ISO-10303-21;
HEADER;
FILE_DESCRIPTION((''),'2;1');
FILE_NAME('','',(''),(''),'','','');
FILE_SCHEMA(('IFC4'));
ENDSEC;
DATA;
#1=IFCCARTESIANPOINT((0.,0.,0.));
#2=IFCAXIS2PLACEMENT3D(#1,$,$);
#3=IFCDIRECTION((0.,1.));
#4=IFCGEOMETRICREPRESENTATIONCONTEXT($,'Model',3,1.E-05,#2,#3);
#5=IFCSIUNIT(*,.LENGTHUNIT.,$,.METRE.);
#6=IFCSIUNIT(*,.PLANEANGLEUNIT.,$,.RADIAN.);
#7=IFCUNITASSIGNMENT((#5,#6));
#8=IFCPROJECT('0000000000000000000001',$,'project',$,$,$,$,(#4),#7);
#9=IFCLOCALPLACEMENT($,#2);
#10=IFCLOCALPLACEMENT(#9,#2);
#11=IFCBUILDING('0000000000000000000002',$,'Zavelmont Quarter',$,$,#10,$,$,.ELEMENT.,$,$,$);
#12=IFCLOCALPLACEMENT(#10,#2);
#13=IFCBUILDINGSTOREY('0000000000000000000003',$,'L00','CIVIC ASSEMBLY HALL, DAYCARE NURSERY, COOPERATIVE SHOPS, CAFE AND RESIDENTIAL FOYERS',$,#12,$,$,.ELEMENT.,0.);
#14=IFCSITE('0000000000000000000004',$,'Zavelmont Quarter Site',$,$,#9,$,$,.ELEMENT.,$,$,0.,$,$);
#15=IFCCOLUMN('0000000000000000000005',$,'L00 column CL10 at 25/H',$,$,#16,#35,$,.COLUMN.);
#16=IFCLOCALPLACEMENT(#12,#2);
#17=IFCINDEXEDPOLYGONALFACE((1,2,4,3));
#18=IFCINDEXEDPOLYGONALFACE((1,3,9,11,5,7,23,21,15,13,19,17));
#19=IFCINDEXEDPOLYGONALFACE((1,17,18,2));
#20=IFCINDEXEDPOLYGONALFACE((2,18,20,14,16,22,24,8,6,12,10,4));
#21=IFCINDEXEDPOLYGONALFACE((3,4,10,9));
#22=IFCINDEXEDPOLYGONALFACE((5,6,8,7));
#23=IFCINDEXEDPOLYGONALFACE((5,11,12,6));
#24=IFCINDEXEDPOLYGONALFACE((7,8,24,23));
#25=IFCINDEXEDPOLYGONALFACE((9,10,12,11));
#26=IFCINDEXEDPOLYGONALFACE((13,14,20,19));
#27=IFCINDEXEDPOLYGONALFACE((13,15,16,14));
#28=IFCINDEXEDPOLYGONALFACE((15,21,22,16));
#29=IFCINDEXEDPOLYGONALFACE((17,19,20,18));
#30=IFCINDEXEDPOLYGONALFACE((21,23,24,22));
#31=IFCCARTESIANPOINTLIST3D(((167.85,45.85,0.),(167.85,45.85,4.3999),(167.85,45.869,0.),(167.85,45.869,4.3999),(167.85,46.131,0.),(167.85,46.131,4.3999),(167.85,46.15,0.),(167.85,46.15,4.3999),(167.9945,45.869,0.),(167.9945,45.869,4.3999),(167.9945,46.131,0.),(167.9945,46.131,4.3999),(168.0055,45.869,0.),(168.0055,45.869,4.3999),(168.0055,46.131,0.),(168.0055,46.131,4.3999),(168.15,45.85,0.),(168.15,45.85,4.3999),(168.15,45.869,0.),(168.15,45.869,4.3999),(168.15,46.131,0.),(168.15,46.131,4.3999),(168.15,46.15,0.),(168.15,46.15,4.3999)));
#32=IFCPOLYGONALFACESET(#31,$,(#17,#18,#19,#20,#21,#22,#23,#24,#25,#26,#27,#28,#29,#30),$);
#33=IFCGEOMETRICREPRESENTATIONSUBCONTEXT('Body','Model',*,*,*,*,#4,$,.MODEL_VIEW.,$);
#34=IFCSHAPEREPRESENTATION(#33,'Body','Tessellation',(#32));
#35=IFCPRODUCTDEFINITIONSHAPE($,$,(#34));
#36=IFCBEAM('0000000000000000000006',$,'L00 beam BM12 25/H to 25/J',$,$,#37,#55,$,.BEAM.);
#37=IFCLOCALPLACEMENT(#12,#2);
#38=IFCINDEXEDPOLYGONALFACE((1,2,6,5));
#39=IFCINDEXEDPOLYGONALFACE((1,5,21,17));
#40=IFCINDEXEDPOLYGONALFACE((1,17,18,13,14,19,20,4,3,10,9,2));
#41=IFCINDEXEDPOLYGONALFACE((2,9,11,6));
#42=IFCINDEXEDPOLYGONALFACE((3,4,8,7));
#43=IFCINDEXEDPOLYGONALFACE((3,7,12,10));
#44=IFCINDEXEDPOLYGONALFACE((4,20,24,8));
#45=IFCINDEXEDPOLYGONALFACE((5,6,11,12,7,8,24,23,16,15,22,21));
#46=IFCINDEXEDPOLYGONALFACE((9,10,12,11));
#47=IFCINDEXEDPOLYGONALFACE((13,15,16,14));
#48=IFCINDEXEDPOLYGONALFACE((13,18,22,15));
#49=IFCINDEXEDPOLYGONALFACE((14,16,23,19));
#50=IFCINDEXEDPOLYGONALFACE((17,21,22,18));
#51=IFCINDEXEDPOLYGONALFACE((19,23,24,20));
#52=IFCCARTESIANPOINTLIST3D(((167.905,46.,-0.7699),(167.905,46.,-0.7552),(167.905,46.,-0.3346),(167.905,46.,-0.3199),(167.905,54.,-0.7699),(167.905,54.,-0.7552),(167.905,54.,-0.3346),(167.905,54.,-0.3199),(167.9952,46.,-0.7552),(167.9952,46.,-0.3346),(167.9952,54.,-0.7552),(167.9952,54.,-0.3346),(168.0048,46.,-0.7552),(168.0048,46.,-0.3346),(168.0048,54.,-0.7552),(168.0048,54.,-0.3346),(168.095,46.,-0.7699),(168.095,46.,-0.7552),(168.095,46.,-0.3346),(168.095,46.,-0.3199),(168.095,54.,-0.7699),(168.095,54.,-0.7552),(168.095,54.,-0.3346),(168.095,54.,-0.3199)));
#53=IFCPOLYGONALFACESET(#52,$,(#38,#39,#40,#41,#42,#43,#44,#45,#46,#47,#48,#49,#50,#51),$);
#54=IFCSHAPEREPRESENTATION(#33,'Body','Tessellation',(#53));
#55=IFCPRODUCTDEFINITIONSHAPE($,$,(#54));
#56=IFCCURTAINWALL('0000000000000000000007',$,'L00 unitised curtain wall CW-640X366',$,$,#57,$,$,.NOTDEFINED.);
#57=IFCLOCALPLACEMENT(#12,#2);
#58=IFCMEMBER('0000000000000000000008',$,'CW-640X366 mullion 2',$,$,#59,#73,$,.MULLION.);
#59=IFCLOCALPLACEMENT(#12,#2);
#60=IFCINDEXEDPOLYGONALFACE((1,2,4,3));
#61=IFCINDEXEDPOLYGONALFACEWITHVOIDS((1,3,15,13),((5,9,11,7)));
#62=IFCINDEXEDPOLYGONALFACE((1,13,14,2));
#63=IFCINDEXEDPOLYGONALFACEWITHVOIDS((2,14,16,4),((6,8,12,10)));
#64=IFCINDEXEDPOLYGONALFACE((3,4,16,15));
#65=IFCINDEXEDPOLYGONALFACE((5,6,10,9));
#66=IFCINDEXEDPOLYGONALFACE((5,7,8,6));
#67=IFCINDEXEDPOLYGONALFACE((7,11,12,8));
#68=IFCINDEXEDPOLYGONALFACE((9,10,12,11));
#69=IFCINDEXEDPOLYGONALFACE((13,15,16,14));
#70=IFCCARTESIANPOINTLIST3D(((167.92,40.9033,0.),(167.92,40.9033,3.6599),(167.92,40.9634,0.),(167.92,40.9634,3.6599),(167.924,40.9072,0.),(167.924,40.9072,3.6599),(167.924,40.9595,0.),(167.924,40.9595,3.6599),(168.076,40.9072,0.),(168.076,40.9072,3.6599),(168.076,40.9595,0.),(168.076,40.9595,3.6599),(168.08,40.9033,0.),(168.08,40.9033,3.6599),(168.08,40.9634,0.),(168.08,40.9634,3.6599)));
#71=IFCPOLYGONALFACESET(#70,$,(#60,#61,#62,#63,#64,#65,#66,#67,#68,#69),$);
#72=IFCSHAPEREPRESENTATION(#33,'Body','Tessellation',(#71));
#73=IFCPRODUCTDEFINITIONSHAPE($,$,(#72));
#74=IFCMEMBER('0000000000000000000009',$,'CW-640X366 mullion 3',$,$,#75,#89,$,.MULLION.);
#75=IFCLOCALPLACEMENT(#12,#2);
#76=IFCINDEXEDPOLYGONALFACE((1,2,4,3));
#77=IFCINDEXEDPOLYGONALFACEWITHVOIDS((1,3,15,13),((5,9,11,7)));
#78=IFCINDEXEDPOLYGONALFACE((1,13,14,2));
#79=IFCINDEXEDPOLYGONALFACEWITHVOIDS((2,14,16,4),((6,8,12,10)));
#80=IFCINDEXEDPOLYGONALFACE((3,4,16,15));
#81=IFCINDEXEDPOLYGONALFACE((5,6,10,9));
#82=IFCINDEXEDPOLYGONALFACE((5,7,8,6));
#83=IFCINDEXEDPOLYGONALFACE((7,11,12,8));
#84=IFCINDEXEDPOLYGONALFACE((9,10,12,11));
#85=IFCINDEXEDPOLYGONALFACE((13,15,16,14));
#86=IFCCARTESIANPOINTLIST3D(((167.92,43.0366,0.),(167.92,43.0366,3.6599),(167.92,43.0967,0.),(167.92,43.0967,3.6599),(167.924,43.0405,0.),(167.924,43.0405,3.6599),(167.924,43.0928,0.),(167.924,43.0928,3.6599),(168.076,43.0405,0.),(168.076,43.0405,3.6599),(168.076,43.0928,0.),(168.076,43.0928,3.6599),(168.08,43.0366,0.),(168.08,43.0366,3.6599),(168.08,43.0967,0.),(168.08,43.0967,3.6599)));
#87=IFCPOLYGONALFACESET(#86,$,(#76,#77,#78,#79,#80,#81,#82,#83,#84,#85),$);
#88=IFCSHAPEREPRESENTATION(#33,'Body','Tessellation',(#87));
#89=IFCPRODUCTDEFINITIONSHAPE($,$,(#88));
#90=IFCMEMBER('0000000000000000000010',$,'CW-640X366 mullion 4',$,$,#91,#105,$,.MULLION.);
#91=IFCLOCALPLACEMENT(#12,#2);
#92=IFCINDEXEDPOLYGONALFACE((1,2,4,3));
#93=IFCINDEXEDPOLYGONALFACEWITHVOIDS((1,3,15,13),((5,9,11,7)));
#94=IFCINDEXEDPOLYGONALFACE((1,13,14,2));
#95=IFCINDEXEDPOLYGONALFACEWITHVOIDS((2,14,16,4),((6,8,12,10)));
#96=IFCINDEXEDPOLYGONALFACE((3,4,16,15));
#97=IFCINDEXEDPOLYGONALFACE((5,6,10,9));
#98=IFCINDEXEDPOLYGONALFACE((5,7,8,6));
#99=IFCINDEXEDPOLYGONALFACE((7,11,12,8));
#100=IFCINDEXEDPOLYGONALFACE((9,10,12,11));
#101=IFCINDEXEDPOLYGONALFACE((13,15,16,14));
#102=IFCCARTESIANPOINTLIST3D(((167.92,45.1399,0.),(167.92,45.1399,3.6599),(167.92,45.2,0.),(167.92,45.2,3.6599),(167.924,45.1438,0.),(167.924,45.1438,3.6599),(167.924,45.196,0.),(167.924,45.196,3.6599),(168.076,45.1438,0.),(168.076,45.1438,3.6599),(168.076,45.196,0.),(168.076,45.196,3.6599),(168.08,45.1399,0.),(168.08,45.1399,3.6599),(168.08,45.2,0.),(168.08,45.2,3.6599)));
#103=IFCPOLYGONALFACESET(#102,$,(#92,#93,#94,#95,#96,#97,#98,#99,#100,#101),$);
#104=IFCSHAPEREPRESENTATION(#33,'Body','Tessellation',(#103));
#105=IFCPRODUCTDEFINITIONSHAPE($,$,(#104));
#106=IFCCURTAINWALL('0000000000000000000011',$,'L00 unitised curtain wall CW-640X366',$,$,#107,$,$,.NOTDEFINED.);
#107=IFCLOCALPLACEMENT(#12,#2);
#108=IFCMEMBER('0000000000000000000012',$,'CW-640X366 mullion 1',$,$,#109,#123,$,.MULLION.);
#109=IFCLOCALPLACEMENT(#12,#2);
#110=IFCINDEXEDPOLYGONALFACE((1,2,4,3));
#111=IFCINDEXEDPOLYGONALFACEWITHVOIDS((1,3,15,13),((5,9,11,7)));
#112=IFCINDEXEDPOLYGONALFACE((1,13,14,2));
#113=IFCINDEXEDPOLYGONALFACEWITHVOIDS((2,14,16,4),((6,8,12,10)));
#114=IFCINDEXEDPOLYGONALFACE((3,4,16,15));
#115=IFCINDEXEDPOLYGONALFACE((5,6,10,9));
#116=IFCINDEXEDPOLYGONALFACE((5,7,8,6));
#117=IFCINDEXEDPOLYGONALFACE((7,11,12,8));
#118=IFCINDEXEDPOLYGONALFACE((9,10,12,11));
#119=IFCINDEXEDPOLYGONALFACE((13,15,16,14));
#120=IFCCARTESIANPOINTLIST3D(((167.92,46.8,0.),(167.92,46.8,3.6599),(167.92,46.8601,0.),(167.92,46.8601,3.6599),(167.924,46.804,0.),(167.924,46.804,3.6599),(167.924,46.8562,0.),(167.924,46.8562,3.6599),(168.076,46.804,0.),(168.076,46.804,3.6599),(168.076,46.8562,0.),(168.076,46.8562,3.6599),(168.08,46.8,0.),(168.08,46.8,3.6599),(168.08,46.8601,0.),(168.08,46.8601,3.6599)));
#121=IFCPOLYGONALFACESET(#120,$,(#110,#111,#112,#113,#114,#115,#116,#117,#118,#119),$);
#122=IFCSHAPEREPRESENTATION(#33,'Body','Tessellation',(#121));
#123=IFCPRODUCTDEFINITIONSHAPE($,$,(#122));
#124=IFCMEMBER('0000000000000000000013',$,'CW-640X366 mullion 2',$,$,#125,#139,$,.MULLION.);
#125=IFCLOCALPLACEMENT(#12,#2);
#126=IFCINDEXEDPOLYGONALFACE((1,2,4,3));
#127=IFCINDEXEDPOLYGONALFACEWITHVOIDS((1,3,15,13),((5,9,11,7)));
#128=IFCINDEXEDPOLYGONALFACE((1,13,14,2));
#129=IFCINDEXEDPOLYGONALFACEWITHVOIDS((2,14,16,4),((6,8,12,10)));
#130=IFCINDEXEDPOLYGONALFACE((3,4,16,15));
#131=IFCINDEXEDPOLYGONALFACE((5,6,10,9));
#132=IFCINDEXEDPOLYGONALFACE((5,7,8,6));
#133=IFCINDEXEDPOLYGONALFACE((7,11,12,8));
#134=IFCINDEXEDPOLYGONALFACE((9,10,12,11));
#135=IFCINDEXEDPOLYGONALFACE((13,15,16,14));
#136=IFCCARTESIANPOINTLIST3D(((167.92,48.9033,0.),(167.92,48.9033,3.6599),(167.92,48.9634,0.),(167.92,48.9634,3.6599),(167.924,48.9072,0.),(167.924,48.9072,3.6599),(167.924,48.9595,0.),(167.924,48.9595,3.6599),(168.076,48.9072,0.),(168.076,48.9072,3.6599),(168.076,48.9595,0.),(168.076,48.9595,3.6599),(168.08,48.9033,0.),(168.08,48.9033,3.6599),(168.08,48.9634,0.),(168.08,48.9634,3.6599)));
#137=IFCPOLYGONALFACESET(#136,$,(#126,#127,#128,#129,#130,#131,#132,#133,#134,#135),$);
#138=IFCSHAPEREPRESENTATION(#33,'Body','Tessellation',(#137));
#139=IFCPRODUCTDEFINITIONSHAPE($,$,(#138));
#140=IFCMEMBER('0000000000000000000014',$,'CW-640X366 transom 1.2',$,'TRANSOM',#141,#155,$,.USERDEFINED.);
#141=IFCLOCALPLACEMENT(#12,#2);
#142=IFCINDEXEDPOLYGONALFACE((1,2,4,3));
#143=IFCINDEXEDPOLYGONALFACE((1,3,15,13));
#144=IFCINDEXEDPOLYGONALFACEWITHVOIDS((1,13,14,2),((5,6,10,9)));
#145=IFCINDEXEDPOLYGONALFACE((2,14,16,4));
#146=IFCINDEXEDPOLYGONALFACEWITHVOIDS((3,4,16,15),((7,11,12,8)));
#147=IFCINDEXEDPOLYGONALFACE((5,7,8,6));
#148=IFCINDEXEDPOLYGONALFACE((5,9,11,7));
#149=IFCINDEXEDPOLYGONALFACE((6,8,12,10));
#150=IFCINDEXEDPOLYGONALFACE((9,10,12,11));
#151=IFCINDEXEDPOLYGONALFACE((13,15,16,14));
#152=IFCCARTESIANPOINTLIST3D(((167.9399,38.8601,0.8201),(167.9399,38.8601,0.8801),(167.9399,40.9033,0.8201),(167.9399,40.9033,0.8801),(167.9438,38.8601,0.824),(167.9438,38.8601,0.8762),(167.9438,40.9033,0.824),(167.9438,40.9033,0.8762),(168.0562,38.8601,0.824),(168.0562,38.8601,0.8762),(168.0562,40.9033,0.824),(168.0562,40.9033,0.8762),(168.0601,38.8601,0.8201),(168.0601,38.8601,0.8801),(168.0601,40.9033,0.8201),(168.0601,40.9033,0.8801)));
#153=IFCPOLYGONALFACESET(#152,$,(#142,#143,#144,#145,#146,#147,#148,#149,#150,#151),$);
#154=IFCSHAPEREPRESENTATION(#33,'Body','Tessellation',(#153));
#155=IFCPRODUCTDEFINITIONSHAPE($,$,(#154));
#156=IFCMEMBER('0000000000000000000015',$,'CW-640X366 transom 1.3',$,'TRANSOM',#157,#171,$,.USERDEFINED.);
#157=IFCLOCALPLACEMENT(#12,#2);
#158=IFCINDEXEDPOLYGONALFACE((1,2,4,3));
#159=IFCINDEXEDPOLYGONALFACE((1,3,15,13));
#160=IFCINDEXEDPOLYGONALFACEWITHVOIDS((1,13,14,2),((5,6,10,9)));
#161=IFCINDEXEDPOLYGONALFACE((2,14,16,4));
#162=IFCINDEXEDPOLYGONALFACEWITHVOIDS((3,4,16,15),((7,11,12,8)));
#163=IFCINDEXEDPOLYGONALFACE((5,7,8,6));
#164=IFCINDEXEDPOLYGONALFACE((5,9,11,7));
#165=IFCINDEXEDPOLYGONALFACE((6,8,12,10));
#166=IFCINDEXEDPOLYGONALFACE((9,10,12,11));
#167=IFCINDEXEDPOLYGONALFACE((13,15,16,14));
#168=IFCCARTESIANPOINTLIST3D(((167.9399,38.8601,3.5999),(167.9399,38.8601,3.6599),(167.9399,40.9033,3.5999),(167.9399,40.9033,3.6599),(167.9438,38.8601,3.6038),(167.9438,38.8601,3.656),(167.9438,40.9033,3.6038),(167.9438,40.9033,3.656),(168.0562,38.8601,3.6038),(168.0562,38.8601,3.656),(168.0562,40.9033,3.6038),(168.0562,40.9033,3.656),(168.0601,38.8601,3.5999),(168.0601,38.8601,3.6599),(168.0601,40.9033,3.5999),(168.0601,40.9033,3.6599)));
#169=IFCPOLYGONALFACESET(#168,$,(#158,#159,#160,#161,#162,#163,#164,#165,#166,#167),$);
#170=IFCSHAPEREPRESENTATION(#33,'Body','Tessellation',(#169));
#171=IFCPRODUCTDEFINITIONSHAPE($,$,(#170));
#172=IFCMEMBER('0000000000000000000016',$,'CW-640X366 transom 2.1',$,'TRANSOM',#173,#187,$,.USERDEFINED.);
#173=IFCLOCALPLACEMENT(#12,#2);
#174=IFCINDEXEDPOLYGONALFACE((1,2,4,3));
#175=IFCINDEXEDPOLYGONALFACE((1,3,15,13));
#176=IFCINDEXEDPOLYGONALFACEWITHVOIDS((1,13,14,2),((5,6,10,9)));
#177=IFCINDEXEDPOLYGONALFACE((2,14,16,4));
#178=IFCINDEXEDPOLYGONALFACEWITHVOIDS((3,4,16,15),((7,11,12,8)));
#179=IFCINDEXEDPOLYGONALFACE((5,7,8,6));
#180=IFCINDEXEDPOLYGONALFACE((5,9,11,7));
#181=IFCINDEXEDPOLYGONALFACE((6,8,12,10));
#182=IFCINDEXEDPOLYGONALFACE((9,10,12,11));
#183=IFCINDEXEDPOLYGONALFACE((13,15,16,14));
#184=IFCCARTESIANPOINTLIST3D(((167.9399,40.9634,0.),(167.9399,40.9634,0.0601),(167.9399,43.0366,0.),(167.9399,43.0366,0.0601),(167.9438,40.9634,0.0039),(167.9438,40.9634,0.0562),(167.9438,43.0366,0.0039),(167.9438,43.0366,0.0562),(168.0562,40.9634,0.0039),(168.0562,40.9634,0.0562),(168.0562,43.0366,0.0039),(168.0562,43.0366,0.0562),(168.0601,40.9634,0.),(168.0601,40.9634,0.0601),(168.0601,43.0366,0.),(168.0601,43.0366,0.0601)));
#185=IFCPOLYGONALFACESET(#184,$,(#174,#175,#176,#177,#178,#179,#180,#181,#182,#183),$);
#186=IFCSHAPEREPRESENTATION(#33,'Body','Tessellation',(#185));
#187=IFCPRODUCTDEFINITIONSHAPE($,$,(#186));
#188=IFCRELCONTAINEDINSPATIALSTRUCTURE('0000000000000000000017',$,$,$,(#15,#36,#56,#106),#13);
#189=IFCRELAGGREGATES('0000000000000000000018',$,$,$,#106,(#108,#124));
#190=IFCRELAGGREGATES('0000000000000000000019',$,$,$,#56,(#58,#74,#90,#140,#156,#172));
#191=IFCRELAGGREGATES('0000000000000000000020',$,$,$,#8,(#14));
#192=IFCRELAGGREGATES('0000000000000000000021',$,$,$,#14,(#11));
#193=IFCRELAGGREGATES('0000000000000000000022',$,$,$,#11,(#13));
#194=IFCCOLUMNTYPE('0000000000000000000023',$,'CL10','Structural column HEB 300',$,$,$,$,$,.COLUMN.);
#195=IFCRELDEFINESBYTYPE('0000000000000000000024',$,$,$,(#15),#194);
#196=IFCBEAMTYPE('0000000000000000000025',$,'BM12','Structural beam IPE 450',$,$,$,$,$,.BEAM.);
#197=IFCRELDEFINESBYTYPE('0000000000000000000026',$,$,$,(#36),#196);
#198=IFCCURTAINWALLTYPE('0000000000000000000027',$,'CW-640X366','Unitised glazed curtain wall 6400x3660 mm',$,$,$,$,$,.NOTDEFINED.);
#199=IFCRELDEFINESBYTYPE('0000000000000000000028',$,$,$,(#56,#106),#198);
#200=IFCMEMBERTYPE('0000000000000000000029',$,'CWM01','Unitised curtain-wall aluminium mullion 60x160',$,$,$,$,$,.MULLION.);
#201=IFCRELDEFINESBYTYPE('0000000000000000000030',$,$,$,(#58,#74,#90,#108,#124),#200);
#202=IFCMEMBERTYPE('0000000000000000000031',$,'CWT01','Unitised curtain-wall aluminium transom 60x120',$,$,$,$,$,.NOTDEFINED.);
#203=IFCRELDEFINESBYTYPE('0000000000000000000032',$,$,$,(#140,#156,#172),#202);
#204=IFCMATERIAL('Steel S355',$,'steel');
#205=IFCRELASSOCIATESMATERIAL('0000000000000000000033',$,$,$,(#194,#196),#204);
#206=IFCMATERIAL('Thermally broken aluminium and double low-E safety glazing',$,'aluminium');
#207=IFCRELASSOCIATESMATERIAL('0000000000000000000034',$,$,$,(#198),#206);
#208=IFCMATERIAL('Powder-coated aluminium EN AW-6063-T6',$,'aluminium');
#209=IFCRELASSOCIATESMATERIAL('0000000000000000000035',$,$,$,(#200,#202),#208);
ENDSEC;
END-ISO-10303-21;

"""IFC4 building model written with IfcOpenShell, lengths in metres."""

from ifc_helpers import new_model, si_unit, direction, frame, origin, origin_2d, place, context, subcontext, project, spatial, hollow_rectangle, i_section, extrude, material, material_profile, profile_set, type_object, element, aggregate, save


model = new_model("IFC4")

# Units and contexts
model_context = context("Model", 3, precision=1e-05, world=origin(), true_north=direction((0.0, 1.0)))
body_context = subcontext(model_context, "Body", "Model", "MODEL_VIEW")
ifc_project = project(units=[si_unit("LENGTHUNIT", "METRE"), si_unit("PLANEANGLEUNIT", "RADIAN")], contexts=[model_context])

# Site, building, storey
site_placement = place(None, origin())
site = spatial("IfcSite", under=ifc_project, at=site_placement, Name="Zavelmont Quarter Site", CompositionType="ELEMENT", RefElevation=0.0)
building_placement = place(site_placement, origin())
building = spatial("IfcBuilding", under=site, at=building_placement, Name="Zavelmont Quarter", CompositionType="ELEMENT")
storey_placement = place(building_placement, origin())
storey = spatial("IfcBuildingStorey", under=building, at=storey_placement, Name="L00", Description="CIVIC ASSEMBLY HALL, DAYCARE NURSERY, COOPERATIVE SHOPS, CAFE AND RESIDENTIAL FOYERS", CompositionType="ELEMENT", Elevation=0.0)

# Column
ifc_material_1 = material(Name="Steel S355", Category="steel")
ifc_material_profile_1 = material_profile(ifc_material_1, i_section(OverallWidth=0.3, OverallDepth=0.3, WebThickness=0.011, FlangeThickness=0.019, at=origin_2d()), Name="HEB 300")
ifc_profile_set_1 = profile_set([ifc_material_profile_1], Name="Steel S355")
column_type = type_object("IfcColumnType", Name="CL10", Description="Structural column HEB 300", PredefinedType="COLUMN", material=ifc_profile_set_1)
column_placement = place(storey_placement, frame((168.0, 46.0, 0.0), z_axis=(0.0, 0.0, 1.0), x_axis=(1.0, 0.0, 0.0)))
element("IfcColumn", 1, at=column_placement, inside=storey, type_object=column_type, Name="L00 column CL10 at 25/H", PredefinedType="COLUMN", context=body_context, shape_type="SweptSolid", body=[
    extrude(i_section(OverallWidth=0.3, OverallDepth=0.3, WebThickness=0.011, FlangeThickness=0.019, at=origin_2d()), origin(), (0.0, 0.0, 1.0), 4.3999),
])

# Beam
ifc_material_profile_2 = material_profile(ifc_material_1, i_section(OverallWidth=0.1899, OverallDepth=0.45, WebThickness=0.0095, FlangeThickness=0.0146, at=origin_2d()), Name="IPE 450")
ifc_profile_set_2 = profile_set([ifc_material_profile_2], Name="Steel S355")
beam_type = type_object("IfcBeamType", Name="BM12", Description="Structural beam IPE 450", PredefinedType="BEAM", material=ifc_profile_set_2)
beam_placement = place(storey_placement, frame((168.0, 46.0, -0.5449), z_axis=(0.0, 1.0, 0.0), x_axis=(-1.0, 0.0, 0.0)))
element("IfcBeam", 2, at=beam_placement, inside=storey, type_object=beam_type, Name="L00 beam BM12 25/H to 25/J", PredefinedType="BEAM", context=body_context, shape_type="SweptSolid", body=[
    extrude(i_section(OverallWidth=0.1899, OverallDepth=0.45, WebThickness=0.0095, FlangeThickness=0.0146, at=origin_2d()), origin(), (0.0, 0.0, 1.0), 8.0),
])

# Curtain walls, members
ifc_material_2 = material(Name="Thermally broken aluminium and double low-E safety glazing", Category="aluminium")
curtain_wall_type = type_object("IfcCurtainWallType", Name="CW-640X366", Description="Unitised glazed curtain wall 6400x3660 mm", PredefinedType="NOTDEFINED", material=ifc_material_2)
curtain_wall_1_placement = place(storey_placement, origin())
curtain_wall_1 = element("IfcCurtainWall", 3, at=curtain_wall_1_placement, inside=storey, type_object=curtain_wall_type, Name="L00 unitised curtain wall CW-640X366", PredefinedType="NOTDEFINED")
ifc_material_3 = material(Name="Powder-coated aluminium EN AW-6063-T6", Category="aluminium")
ifc_material_profile_3 = material_profile(ifc_material_3, hollow_rectangle(XDim=0.0601, YDim=0.1599, WallThickness=0.0039, at=origin_2d()), Name="CWM60X160")
ifc_profile_set_3 = profile_set([ifc_material_profile_3], Name="Powder-coated aluminium EN AW-6063-T6")
member_type_1 = type_object("IfcMemberType", Name="CWM01", Description="Unitised curtain-wall aluminium mullion 60x160", PredefinedType="MULLION", material=ifc_profile_set_3)
member_1_placement = place(storey_placement, frame((168.0, 40.9333, 0.0), z_axis=(0.0, 0.0, 1.0), x_axis=(0.0, 1.0, 0.0)))
member_1 = element("IfcMember", 4, at=member_1_placement, type_object=member_type_1, Name="CW-640X366 mullion 2", PredefinedType="MULLION", context=body_context, shape_type="SweptSolid", body=[
    extrude(hollow_rectangle(XDim=0.0601, YDim=0.1599, WallThickness=0.0039, at=origin_2d()), origin(), (0.0, 0.0, 1.0), 3.6599),
])
member_2_placement = place(storey_placement, frame((168.0, 43.0667, 0.0), z_axis=(0.0, 0.0, 1.0), x_axis=(0.0, 1.0, 0.0)))
member_2 = element("IfcMember", 5, at=member_2_placement, type_object=member_type_1, Name="CW-640X366 mullion 3", PredefinedType="MULLION", context=body_context, shape_type="SweptSolid", body=[
    extrude(hollow_rectangle(XDim=0.0601, YDim=0.1599, WallThickness=0.0039, at=origin_2d()), origin(), (0.0, 0.0, 1.0), 3.6599),
])
member_3_placement = place(storey_placement, frame((168.0, 45.1699, 0.0), z_axis=(0.0, 0.0, 1.0), x_axis=(0.0, 1.0, 0.0)))
member_3 = element("IfcMember", 6, at=member_3_placement, type_object=member_type_1, Name="CW-640X366 mullion 4", PredefinedType="MULLION", context=body_context, shape_type="SweptSolid", body=[
    extrude(hollow_rectangle(XDim=0.0601, YDim=0.1599, WallThickness=0.0039, at=origin_2d()), origin(), (0.0, 0.0, 1.0), 3.6599),
])
curtain_wall_2_placement = place(storey_placement, origin())
curtain_wall_2 = element("IfcCurtainWall", 7, at=curtain_wall_2_placement, inside=storey, type_object=curtain_wall_type, Name="L00 unitised curtain wall CW-640X366", PredefinedType="NOTDEFINED")
member_4_placement = place(storey_placement, frame((168.0, 46.8301, 0.0), z_axis=(0.0, 0.0, 1.0), x_axis=(0.0, 1.0, 0.0)))
member_4 = element("IfcMember", 8, at=member_4_placement, type_object=member_type_1, Name="CW-640X366 mullion 1", PredefinedType="MULLION", context=body_context, shape_type="SweptSolid", body=[
    extrude(hollow_rectangle(XDim=0.0601, YDim=0.1599, WallThickness=0.0039, at=origin_2d()), origin(), (0.0, 0.0, 1.0), 3.6599),
])
member_5_placement = place(storey_placement, frame((168.0, 48.9333, 0.0), z_axis=(0.0, 0.0, 1.0), x_axis=(0.0, 1.0, 0.0)))
member_5 = element("IfcMember", 9, at=member_5_placement, type_object=member_type_1, Name="CW-640X366 mullion 2", PredefinedType="MULLION", context=body_context, shape_type="SweptSolid", body=[
    extrude(hollow_rectangle(XDim=0.0601, YDim=0.1599, WallThickness=0.0039, at=origin_2d()), origin(), (0.0, 0.0, 1.0), 3.6599),
])

# Members
ifc_material_profile_4 = material_profile(ifc_material_3, hollow_rectangle(XDim=0.1201, YDim=0.0601, WallThickness=0.0039, at=origin_2d()), Name="CWT60X120")
ifc_profile_set_4 = profile_set([ifc_material_profile_4], Name="Powder-coated aluminium EN AW-6063-T6")
member_type_2 = type_object("IfcMemberType", Name="CWT01", Description="Unitised curtain-wall aluminium transom 60x120", PredefinedType="NOTDEFINED", material=ifc_profile_set_4)
member_6_placement = place(storey_placement, frame((168.0, 38.8601, 0.8501), z_axis=(0.0, 1.0, 0.0), x_axis=(-1.0, 0.0, 0.0)))
member_6 = element("IfcMember", 10, at=member_6_placement, type_object=member_type_2, Name="CW-640X366 transom 1.2", ObjectType="TRANSOM", PredefinedType="USERDEFINED", context=body_context, shape_type="SweptSolid", body=[
    extrude(hollow_rectangle(XDim=0.1201, YDim=0.0601, WallThickness=0.0039, at=origin_2d()), origin(), (0.0, 0.0, 1.0), 2.0432),
])
member_7_placement = place(storey_placement, frame((168.0, 38.8601, 3.6299), z_axis=(0.0, 1.0, 0.0), x_axis=(-1.0, 0.0, 0.0)))
member_7 = element("IfcMember", 11, at=member_7_placement, type_object=member_type_2, Name="CW-640X366 transom 1.3", ObjectType="TRANSOM", PredefinedType="USERDEFINED", context=body_context, shape_type="SweptSolid", body=[
    extrude(hollow_rectangle(XDim=0.1201, YDim=0.0601, WallThickness=0.0039, at=origin_2d()), origin(), (0.0, 0.0, 1.0), 2.0432),
])
member_8_placement = place(storey_placement, frame((168.0, 40.9634, 0.03), z_axis=(0.0, 1.0, 0.0), x_axis=(-1.0, 0.0, 0.0)))
member_8 = element("IfcMember", 12, at=member_8_placement, type_object=member_type_2, Name="CW-640X366 transom 2.1", ObjectType="TRANSOM", PredefinedType="USERDEFINED", context=body_context, shape_type="SweptSolid", body=[
    extrude(hollow_rectangle(XDim=0.1201, YDim=0.0601, WallThickness=0.0039, at=origin_2d()), origin(), (0.0, 0.0, 1.0), 2.0732),
])

aggregate(curtain_wall_2, [member_4, member_5])
aggregate(curtain_wall_1, [member_1, member_2, member_3, member_6, member_7, member_8])

save(model, "model.ifc")
